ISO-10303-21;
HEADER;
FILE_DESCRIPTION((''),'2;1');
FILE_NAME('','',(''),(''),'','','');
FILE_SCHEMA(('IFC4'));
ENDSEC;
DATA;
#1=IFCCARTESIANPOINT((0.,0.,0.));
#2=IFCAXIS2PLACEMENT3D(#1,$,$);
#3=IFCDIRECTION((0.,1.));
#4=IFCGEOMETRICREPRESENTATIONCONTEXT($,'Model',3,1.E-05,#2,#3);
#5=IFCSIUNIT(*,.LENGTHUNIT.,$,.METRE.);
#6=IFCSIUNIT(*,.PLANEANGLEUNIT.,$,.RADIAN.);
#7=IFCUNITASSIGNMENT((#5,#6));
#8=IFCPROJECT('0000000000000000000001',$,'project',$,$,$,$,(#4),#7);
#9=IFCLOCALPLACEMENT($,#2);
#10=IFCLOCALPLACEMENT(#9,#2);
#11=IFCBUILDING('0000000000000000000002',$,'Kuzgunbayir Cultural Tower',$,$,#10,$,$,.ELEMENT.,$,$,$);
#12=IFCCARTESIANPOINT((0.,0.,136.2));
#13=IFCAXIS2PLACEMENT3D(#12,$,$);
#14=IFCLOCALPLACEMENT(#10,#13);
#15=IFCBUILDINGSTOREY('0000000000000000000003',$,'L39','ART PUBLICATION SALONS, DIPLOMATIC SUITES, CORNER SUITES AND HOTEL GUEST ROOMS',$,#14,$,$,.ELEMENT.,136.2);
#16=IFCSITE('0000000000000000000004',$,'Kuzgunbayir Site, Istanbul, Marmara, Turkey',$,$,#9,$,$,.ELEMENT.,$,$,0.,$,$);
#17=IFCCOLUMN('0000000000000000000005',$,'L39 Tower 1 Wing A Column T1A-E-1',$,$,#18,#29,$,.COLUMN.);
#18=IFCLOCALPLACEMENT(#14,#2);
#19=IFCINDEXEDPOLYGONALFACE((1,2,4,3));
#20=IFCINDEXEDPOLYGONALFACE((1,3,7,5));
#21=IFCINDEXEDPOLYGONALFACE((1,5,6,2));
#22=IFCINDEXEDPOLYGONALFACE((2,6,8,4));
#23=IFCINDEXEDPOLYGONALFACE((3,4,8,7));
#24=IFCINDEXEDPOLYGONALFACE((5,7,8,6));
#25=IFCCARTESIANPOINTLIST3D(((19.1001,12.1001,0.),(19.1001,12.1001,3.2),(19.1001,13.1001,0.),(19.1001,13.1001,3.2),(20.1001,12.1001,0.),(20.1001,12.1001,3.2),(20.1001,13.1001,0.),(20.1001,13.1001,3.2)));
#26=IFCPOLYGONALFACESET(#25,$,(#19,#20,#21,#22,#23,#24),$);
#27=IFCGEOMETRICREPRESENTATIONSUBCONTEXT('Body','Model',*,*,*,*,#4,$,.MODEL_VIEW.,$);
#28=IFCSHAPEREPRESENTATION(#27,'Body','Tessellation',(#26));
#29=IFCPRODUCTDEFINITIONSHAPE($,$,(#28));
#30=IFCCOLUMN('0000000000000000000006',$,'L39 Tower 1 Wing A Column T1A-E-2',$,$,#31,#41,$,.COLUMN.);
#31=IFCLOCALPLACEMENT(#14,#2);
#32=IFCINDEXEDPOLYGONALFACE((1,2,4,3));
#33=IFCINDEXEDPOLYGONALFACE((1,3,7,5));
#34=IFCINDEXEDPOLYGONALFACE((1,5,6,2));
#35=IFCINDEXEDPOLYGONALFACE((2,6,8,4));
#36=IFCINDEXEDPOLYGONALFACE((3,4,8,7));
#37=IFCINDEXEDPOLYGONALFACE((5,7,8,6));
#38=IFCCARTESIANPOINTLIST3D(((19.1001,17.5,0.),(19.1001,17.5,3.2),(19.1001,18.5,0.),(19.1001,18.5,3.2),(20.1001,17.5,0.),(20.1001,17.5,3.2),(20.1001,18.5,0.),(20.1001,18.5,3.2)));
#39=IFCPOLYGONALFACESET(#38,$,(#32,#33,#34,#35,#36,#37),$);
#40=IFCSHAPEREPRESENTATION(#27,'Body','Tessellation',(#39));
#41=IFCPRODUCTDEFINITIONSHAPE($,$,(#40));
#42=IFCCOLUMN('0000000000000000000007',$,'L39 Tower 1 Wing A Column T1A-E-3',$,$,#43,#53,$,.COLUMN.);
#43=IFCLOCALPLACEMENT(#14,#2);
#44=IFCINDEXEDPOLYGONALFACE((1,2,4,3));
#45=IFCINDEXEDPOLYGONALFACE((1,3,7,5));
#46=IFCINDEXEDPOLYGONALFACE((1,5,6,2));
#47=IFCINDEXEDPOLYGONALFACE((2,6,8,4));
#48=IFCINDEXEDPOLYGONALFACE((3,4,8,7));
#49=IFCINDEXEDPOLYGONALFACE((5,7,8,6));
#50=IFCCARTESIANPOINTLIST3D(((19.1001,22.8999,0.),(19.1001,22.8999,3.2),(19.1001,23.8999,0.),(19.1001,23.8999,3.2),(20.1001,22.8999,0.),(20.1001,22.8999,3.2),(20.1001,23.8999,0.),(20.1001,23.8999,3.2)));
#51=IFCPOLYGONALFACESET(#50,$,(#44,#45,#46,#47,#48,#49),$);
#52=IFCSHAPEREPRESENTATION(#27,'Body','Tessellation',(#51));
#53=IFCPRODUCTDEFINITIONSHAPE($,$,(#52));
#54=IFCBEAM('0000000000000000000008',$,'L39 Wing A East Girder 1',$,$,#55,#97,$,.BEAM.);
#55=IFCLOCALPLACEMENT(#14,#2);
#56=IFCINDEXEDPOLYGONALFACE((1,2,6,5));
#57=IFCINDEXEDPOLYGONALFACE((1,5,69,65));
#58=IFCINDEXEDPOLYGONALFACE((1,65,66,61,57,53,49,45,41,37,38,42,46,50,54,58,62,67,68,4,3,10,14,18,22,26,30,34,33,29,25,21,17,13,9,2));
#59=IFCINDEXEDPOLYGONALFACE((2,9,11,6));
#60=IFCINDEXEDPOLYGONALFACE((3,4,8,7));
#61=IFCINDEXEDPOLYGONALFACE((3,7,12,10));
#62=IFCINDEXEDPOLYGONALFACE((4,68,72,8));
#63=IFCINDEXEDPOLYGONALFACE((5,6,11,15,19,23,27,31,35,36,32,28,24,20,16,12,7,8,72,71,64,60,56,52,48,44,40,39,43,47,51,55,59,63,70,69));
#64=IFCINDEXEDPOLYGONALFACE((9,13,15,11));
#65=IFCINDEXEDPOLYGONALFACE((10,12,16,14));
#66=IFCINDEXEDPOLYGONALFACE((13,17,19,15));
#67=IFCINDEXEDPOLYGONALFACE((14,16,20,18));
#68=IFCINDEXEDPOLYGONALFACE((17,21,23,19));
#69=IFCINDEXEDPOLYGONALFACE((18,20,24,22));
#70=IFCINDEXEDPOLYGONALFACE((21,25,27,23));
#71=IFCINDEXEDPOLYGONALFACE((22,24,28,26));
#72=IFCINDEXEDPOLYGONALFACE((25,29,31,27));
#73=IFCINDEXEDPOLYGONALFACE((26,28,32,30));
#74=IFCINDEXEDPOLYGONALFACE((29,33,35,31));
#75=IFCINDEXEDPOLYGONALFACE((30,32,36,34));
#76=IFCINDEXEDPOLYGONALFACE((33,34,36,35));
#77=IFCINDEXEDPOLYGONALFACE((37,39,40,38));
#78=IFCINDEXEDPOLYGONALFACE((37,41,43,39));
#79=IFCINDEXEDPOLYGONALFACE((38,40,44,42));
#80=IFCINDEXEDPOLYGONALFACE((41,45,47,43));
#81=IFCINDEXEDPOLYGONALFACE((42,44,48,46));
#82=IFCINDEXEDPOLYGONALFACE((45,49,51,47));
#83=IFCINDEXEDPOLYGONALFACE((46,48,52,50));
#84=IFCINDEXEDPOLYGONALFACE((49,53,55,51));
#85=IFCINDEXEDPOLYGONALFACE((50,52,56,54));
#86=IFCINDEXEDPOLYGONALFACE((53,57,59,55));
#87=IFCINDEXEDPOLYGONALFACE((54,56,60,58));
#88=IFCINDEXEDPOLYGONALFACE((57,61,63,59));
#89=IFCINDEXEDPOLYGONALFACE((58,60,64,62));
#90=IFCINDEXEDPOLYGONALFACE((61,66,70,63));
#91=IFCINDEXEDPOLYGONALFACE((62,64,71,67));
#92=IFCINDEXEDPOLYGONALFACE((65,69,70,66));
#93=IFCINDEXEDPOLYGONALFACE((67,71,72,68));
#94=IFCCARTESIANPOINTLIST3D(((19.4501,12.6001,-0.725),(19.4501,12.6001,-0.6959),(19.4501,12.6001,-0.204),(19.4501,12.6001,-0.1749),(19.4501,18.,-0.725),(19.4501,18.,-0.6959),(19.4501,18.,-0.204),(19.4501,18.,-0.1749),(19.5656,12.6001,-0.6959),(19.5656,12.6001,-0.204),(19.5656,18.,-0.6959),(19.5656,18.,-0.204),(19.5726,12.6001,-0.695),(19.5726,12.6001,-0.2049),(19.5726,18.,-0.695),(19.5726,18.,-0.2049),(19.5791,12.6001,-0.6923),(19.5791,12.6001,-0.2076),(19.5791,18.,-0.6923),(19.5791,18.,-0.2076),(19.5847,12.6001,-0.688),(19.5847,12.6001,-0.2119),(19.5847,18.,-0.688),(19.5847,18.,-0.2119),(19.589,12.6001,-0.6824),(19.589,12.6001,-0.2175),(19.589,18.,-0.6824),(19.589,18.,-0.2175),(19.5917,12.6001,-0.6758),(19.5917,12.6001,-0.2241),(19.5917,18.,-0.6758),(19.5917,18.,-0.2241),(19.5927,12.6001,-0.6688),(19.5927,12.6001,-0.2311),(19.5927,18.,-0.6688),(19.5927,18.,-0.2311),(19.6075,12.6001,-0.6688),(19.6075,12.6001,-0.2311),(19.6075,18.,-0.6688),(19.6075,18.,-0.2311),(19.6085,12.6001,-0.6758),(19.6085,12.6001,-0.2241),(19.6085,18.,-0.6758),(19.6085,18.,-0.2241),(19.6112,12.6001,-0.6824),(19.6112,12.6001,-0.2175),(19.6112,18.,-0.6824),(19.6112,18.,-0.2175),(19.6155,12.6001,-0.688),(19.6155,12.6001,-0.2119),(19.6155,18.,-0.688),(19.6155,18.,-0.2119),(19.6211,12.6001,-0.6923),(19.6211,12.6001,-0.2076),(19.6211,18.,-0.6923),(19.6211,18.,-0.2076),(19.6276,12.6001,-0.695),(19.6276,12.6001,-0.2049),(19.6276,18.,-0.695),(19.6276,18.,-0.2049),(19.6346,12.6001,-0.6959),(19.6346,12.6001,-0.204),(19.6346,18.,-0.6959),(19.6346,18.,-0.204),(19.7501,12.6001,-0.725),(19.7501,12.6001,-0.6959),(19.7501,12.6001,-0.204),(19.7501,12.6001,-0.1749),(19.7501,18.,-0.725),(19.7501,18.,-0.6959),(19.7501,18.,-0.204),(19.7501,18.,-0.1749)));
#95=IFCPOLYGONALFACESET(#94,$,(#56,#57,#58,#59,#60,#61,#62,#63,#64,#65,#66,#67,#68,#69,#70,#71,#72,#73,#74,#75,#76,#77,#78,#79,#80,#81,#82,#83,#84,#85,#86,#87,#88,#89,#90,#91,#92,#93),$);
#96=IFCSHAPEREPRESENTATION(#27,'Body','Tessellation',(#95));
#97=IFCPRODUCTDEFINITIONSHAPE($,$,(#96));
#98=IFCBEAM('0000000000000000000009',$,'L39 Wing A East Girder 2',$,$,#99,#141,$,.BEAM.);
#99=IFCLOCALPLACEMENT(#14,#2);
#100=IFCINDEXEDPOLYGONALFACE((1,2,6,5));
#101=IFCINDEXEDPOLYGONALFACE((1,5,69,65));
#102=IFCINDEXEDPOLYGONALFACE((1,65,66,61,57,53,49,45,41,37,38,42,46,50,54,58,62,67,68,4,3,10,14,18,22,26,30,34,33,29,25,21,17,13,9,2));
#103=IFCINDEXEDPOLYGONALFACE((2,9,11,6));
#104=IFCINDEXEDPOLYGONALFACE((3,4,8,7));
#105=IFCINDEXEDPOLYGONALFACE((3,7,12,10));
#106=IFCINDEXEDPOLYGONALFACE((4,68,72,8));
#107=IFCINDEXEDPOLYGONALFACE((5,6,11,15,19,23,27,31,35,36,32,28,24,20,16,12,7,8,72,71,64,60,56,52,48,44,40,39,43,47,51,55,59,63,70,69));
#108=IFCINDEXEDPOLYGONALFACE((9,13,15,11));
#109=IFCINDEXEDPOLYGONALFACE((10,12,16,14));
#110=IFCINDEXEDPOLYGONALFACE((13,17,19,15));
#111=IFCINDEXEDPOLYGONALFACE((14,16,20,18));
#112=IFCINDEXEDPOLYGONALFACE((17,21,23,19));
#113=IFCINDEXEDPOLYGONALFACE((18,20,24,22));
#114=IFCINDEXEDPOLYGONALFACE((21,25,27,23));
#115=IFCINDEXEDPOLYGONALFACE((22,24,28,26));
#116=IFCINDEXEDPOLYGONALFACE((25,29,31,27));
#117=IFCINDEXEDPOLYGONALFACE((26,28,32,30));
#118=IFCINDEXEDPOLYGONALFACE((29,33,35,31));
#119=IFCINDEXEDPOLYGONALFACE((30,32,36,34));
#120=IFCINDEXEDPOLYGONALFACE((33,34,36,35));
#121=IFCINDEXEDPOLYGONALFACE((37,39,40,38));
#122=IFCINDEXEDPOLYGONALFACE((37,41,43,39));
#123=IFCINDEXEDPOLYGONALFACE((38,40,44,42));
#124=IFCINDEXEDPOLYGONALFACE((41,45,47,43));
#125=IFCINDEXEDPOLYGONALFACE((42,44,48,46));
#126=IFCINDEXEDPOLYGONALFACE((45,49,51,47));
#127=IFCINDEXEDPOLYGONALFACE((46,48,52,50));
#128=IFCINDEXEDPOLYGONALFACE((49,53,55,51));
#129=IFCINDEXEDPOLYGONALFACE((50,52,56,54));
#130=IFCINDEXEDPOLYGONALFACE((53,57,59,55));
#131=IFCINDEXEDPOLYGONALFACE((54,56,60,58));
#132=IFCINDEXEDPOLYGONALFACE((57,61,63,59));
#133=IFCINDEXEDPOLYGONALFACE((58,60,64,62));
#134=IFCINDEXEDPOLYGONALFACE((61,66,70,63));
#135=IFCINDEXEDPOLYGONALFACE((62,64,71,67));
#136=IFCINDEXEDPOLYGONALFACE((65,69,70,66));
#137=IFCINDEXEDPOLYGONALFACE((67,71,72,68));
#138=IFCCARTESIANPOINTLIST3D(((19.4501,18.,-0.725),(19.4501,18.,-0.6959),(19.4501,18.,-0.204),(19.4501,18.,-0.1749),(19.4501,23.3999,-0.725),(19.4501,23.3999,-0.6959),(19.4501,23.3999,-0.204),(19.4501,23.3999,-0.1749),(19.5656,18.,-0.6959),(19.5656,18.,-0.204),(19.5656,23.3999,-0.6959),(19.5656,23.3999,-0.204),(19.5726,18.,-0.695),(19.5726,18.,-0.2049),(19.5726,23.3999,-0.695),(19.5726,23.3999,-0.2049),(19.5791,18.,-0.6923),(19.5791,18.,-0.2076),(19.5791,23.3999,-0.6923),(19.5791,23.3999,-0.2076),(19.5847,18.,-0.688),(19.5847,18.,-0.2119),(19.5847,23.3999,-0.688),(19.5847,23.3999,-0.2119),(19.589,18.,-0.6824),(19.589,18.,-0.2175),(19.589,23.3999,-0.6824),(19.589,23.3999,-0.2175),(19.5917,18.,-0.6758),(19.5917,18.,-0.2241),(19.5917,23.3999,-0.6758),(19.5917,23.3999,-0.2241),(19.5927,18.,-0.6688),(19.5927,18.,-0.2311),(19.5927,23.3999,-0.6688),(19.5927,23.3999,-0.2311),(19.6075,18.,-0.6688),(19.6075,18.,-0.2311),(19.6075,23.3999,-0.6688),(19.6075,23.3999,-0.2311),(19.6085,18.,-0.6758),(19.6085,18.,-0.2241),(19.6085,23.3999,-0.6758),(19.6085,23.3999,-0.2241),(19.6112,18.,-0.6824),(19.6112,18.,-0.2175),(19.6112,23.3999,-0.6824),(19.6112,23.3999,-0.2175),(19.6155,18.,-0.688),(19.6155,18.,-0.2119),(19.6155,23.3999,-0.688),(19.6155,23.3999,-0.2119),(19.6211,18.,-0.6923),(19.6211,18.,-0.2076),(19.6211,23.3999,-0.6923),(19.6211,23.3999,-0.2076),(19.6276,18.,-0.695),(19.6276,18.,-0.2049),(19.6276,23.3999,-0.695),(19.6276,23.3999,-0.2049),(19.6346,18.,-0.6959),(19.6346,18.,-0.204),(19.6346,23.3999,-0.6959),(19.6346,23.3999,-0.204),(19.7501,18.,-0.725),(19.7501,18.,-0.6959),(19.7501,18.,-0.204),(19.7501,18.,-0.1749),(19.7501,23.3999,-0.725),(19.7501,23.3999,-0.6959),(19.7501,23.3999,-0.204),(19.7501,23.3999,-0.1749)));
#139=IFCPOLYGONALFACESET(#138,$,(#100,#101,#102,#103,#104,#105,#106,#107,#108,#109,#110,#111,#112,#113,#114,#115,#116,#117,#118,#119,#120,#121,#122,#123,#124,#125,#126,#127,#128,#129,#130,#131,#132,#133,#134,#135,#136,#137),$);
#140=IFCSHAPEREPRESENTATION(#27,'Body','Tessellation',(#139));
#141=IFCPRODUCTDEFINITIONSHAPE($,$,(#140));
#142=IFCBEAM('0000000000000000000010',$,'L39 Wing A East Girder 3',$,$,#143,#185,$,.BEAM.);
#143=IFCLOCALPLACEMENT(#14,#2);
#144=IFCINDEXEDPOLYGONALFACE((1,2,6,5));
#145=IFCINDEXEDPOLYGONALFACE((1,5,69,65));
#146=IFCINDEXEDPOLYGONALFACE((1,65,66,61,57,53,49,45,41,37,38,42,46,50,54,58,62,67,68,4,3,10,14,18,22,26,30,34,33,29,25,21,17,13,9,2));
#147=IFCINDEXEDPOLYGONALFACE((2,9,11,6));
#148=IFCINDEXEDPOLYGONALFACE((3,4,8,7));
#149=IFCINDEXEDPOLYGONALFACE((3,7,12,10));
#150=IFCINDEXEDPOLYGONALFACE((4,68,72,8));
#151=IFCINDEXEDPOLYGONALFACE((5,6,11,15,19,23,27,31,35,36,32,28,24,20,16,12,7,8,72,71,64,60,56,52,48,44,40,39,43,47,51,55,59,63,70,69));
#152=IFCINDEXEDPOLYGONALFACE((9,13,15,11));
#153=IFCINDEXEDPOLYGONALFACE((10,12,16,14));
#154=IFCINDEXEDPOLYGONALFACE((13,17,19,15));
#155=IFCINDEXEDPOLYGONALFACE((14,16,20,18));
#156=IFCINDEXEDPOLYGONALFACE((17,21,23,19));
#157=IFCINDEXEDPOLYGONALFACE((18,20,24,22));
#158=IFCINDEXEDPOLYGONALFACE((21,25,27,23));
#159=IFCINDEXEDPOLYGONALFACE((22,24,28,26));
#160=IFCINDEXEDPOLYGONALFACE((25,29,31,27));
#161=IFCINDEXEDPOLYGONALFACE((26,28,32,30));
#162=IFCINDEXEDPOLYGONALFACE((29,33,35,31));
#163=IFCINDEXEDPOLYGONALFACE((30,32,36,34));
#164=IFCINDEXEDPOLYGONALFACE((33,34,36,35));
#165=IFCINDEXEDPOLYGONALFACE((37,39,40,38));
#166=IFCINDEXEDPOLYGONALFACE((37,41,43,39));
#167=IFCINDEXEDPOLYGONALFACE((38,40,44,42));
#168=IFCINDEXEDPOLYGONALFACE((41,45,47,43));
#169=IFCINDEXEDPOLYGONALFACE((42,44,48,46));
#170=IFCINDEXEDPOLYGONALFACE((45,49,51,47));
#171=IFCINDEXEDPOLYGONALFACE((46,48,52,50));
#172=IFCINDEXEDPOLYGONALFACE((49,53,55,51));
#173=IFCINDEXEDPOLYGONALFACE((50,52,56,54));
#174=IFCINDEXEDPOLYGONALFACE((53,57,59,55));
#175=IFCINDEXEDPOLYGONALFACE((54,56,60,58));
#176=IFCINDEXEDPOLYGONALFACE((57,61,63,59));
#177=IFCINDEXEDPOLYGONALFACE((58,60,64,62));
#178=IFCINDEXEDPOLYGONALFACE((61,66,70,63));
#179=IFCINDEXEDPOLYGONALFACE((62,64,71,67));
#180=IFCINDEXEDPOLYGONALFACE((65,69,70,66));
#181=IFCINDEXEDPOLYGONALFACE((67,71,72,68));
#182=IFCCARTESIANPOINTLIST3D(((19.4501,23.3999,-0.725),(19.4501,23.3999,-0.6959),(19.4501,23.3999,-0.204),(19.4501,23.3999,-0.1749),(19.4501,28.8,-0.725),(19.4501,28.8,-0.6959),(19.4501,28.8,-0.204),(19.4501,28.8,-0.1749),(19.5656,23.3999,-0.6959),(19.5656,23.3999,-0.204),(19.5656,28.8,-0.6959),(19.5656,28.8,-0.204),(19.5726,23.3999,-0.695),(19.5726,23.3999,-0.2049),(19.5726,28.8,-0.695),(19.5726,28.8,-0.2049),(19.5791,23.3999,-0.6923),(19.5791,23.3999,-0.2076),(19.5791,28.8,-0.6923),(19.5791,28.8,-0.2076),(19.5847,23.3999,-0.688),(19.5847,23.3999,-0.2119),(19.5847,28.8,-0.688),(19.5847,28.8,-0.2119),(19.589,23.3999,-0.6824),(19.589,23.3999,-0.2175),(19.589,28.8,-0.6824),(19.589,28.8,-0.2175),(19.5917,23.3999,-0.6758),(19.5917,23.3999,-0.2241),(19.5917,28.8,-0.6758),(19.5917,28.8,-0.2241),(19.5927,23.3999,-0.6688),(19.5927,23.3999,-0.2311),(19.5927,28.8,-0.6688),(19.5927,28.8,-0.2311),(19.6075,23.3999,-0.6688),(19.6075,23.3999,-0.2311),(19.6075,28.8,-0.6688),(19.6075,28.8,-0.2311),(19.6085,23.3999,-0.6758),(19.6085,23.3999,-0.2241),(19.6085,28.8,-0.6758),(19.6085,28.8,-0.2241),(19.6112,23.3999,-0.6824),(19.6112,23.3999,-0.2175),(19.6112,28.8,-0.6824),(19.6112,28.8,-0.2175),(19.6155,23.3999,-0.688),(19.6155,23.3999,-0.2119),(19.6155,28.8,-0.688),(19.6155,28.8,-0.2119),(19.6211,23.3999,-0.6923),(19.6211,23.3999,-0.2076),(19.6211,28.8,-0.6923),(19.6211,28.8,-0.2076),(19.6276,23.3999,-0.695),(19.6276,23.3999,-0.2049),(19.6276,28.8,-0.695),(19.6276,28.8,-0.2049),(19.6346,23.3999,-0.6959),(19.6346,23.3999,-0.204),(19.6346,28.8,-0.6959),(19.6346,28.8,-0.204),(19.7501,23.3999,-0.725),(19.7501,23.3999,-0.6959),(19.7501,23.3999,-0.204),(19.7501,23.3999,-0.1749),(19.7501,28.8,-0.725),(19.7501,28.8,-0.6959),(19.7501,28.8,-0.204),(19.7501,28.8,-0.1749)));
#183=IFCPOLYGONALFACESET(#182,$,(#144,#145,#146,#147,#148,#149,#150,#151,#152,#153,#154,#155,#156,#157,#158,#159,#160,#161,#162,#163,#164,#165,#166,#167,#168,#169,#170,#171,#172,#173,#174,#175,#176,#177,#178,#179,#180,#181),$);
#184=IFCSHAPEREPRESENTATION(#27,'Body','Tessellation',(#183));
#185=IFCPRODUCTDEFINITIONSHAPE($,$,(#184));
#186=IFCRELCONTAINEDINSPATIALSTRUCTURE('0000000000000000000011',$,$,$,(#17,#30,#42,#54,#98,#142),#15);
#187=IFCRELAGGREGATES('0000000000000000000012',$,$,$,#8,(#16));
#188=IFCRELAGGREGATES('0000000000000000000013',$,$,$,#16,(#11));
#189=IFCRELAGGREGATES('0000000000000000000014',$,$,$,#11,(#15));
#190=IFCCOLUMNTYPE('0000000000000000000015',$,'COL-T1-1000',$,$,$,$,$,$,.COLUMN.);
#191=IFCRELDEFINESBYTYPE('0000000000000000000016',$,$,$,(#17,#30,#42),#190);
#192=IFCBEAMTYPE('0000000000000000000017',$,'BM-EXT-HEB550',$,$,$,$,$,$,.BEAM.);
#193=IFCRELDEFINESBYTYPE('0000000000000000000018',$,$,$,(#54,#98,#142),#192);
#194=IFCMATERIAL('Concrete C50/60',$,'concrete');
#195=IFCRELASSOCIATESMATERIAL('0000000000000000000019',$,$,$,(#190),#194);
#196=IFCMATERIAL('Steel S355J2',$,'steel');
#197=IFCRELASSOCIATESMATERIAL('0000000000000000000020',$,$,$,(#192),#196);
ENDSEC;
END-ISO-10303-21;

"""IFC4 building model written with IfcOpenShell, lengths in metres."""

from ifc_helpers import new_model, si_unit, direction, frame, origin, origin_2d, place, context, subcontext, project, spatial, rectangle, i_section, extrude, material, material_profile, profile_set, type_object, element, save


model = new_model("IFC4")

# Units and contexts
model_context = context("Model", 3, precision=1e-05, world=origin(), true_north=direction((0.0, 1.0)))
body_context = subcontext(model_context, "Body", "Model", "MODEL_VIEW")
ifc_project = project(units=[si_unit("LENGTHUNIT", "METRE"), si_unit("PLANEANGLEUNIT", "RADIAN")], contexts=[model_context])

# Site, building, storey
site_placement = place(None, origin())
site = spatial("IfcSite", under=ifc_project, at=site_placement, Name="Kuzgunbayir Site, Istanbul, Marmara, Turkey", CompositionType="ELEMENT", RefElevation=0.0)
building_placement = place(site_placement, origin())
building = spatial("IfcBuilding", under=site, at=building_placement, Name="Kuzgunbayir Cultural Tower", CompositionType="ELEMENT")
storey_placement = place(building_placement, frame((0.0, 0.0, 136.2)))
storey = spatial("IfcBuildingStorey", under=building, at=storey_placement, Name="L39", Description="ART PUBLICATION SALONS, DIPLOMATIC SUITES, CORNER SUITES AND HOTEL GUEST ROOMS", CompositionType="ELEMENT", Elevation=136.2)

# Columns
ifc_material_1 = material(Name="Concrete C50/60", Category="concrete")
ifc_material_profile_1 = material_profile(ifc_material_1, rectangle(XDim=1.0, YDim=1.0, at=origin_2d()), Name="RC 1000x1000")
ifc_profile_set_1 = profile_set([ifc_material_profile_1], Name="Concrete C50/60")
column_type = type_object("IfcColumnType", Name="COL-T1-1000", PredefinedType="COLUMN", material=ifc_profile_set_1)
for number, where, z_axis, x_axis, name in (
    (1, (19.6001, 12.6001, 0.0), (0.0, 0.0, 1.0), (1.0, 0.0, 0.0), "L39 Tower 1 Wing A Column T1A-E-1"),
    (2, (19.6001, 18.0, 0.0), (0.0, 0.0, 1.0), (1.0, 0.0, 0.0), "L39 Tower 1 Wing A Column T1A-E-2"),
    (3, (19.6001, 23.3999, 0.0), (0.0, 0.0, 1.0), (1.0, 0.0, 0.0), "L39 Tower 1 Wing A Column T1A-E-3"),
):
    element("IfcColumn", number, at=place(storey_placement, frame(where, z_axis=z_axis, x_axis=x_axis)), inside=storey, type_object=column_type, Name=name, PredefinedType="COLUMN", context=body_context, shape_type="SweptSolid", body=[
        extrude(rectangle(XDim=1.0, YDim=1.0, at=origin_2d()), origin(), (0.0, 0.0, 1.0), 3.2),
    ])

# Beams
ifc_material_2 = material(Name="Steel S355J2", Category="steel")
ifc_material_profile_2 = material_profile(ifc_material_2, i_section(OverallWidth=0.3, OverallDepth=0.55, WebThickness=0.0149, FlangeThickness=0.0291, FilletRadius=0.0271, at=origin_2d()), Name="HEB 550")
ifc_profile_set_2 = profile_set([ifc_material_profile_2], Name="Steel S355J2")
beam_type = type_object("IfcBeamType", Name="BM-EXT-HEB550", PredefinedType="BEAM", material=ifc_profile_set_2)
for number, where, z_axis, x_axis, name in (
    (4, (19.6001, 12.6001, -0.45), (0.0, 1.0, 0.0), (-1.0, 0.0, 0.0), "L39 Wing A East Girder 1"),
    (5, (19.6001, 18.0, -0.45), (0.0, 1.0, 0.0), (-1.0, 0.0, 0.0), "L39 Wing A East Girder 2"),
):
    element("IfcBeam", number, at=place(storey_placement, frame(where, z_axis=z_axis, x_axis=x_axis)), inside=storey, type_object=beam_type, Name=name, PredefinedType="BEAM", context=body_context, shape_type="SweptSolid", body=[
        extrude(i_section(OverallWidth=0.3, OverallDepth=0.55, WebThickness=0.0149, FlangeThickness=0.0291, FilletRadius=0.0271, at=origin_2d()), origin(), (0.0, 0.0, 1.0), 5.3999),
    ])
beam_placement = place(storey_placement, frame((19.6001, 23.3999, -0.45), z_axis=(0.0, 1.0, 0.0), x_axis=(-1.0, 0.0, 0.0)))
element("IfcBeam", 6, at=beam_placement, inside=storey, type_object=beam_type, Name="L39 Wing A East Girder 3", PredefinedType="BEAM", context=body_context, shape_type="SweptSolid", body=[
    extrude(i_section(OverallWidth=0.3, OverallDepth=0.55, WebThickness=0.0149, FlangeThickness=0.0291, FilletRadius=0.0271, at=origin_2d()), origin(), (0.0, 0.0, 1.0), 5.4001),
])

save(model, "model.ifc")
